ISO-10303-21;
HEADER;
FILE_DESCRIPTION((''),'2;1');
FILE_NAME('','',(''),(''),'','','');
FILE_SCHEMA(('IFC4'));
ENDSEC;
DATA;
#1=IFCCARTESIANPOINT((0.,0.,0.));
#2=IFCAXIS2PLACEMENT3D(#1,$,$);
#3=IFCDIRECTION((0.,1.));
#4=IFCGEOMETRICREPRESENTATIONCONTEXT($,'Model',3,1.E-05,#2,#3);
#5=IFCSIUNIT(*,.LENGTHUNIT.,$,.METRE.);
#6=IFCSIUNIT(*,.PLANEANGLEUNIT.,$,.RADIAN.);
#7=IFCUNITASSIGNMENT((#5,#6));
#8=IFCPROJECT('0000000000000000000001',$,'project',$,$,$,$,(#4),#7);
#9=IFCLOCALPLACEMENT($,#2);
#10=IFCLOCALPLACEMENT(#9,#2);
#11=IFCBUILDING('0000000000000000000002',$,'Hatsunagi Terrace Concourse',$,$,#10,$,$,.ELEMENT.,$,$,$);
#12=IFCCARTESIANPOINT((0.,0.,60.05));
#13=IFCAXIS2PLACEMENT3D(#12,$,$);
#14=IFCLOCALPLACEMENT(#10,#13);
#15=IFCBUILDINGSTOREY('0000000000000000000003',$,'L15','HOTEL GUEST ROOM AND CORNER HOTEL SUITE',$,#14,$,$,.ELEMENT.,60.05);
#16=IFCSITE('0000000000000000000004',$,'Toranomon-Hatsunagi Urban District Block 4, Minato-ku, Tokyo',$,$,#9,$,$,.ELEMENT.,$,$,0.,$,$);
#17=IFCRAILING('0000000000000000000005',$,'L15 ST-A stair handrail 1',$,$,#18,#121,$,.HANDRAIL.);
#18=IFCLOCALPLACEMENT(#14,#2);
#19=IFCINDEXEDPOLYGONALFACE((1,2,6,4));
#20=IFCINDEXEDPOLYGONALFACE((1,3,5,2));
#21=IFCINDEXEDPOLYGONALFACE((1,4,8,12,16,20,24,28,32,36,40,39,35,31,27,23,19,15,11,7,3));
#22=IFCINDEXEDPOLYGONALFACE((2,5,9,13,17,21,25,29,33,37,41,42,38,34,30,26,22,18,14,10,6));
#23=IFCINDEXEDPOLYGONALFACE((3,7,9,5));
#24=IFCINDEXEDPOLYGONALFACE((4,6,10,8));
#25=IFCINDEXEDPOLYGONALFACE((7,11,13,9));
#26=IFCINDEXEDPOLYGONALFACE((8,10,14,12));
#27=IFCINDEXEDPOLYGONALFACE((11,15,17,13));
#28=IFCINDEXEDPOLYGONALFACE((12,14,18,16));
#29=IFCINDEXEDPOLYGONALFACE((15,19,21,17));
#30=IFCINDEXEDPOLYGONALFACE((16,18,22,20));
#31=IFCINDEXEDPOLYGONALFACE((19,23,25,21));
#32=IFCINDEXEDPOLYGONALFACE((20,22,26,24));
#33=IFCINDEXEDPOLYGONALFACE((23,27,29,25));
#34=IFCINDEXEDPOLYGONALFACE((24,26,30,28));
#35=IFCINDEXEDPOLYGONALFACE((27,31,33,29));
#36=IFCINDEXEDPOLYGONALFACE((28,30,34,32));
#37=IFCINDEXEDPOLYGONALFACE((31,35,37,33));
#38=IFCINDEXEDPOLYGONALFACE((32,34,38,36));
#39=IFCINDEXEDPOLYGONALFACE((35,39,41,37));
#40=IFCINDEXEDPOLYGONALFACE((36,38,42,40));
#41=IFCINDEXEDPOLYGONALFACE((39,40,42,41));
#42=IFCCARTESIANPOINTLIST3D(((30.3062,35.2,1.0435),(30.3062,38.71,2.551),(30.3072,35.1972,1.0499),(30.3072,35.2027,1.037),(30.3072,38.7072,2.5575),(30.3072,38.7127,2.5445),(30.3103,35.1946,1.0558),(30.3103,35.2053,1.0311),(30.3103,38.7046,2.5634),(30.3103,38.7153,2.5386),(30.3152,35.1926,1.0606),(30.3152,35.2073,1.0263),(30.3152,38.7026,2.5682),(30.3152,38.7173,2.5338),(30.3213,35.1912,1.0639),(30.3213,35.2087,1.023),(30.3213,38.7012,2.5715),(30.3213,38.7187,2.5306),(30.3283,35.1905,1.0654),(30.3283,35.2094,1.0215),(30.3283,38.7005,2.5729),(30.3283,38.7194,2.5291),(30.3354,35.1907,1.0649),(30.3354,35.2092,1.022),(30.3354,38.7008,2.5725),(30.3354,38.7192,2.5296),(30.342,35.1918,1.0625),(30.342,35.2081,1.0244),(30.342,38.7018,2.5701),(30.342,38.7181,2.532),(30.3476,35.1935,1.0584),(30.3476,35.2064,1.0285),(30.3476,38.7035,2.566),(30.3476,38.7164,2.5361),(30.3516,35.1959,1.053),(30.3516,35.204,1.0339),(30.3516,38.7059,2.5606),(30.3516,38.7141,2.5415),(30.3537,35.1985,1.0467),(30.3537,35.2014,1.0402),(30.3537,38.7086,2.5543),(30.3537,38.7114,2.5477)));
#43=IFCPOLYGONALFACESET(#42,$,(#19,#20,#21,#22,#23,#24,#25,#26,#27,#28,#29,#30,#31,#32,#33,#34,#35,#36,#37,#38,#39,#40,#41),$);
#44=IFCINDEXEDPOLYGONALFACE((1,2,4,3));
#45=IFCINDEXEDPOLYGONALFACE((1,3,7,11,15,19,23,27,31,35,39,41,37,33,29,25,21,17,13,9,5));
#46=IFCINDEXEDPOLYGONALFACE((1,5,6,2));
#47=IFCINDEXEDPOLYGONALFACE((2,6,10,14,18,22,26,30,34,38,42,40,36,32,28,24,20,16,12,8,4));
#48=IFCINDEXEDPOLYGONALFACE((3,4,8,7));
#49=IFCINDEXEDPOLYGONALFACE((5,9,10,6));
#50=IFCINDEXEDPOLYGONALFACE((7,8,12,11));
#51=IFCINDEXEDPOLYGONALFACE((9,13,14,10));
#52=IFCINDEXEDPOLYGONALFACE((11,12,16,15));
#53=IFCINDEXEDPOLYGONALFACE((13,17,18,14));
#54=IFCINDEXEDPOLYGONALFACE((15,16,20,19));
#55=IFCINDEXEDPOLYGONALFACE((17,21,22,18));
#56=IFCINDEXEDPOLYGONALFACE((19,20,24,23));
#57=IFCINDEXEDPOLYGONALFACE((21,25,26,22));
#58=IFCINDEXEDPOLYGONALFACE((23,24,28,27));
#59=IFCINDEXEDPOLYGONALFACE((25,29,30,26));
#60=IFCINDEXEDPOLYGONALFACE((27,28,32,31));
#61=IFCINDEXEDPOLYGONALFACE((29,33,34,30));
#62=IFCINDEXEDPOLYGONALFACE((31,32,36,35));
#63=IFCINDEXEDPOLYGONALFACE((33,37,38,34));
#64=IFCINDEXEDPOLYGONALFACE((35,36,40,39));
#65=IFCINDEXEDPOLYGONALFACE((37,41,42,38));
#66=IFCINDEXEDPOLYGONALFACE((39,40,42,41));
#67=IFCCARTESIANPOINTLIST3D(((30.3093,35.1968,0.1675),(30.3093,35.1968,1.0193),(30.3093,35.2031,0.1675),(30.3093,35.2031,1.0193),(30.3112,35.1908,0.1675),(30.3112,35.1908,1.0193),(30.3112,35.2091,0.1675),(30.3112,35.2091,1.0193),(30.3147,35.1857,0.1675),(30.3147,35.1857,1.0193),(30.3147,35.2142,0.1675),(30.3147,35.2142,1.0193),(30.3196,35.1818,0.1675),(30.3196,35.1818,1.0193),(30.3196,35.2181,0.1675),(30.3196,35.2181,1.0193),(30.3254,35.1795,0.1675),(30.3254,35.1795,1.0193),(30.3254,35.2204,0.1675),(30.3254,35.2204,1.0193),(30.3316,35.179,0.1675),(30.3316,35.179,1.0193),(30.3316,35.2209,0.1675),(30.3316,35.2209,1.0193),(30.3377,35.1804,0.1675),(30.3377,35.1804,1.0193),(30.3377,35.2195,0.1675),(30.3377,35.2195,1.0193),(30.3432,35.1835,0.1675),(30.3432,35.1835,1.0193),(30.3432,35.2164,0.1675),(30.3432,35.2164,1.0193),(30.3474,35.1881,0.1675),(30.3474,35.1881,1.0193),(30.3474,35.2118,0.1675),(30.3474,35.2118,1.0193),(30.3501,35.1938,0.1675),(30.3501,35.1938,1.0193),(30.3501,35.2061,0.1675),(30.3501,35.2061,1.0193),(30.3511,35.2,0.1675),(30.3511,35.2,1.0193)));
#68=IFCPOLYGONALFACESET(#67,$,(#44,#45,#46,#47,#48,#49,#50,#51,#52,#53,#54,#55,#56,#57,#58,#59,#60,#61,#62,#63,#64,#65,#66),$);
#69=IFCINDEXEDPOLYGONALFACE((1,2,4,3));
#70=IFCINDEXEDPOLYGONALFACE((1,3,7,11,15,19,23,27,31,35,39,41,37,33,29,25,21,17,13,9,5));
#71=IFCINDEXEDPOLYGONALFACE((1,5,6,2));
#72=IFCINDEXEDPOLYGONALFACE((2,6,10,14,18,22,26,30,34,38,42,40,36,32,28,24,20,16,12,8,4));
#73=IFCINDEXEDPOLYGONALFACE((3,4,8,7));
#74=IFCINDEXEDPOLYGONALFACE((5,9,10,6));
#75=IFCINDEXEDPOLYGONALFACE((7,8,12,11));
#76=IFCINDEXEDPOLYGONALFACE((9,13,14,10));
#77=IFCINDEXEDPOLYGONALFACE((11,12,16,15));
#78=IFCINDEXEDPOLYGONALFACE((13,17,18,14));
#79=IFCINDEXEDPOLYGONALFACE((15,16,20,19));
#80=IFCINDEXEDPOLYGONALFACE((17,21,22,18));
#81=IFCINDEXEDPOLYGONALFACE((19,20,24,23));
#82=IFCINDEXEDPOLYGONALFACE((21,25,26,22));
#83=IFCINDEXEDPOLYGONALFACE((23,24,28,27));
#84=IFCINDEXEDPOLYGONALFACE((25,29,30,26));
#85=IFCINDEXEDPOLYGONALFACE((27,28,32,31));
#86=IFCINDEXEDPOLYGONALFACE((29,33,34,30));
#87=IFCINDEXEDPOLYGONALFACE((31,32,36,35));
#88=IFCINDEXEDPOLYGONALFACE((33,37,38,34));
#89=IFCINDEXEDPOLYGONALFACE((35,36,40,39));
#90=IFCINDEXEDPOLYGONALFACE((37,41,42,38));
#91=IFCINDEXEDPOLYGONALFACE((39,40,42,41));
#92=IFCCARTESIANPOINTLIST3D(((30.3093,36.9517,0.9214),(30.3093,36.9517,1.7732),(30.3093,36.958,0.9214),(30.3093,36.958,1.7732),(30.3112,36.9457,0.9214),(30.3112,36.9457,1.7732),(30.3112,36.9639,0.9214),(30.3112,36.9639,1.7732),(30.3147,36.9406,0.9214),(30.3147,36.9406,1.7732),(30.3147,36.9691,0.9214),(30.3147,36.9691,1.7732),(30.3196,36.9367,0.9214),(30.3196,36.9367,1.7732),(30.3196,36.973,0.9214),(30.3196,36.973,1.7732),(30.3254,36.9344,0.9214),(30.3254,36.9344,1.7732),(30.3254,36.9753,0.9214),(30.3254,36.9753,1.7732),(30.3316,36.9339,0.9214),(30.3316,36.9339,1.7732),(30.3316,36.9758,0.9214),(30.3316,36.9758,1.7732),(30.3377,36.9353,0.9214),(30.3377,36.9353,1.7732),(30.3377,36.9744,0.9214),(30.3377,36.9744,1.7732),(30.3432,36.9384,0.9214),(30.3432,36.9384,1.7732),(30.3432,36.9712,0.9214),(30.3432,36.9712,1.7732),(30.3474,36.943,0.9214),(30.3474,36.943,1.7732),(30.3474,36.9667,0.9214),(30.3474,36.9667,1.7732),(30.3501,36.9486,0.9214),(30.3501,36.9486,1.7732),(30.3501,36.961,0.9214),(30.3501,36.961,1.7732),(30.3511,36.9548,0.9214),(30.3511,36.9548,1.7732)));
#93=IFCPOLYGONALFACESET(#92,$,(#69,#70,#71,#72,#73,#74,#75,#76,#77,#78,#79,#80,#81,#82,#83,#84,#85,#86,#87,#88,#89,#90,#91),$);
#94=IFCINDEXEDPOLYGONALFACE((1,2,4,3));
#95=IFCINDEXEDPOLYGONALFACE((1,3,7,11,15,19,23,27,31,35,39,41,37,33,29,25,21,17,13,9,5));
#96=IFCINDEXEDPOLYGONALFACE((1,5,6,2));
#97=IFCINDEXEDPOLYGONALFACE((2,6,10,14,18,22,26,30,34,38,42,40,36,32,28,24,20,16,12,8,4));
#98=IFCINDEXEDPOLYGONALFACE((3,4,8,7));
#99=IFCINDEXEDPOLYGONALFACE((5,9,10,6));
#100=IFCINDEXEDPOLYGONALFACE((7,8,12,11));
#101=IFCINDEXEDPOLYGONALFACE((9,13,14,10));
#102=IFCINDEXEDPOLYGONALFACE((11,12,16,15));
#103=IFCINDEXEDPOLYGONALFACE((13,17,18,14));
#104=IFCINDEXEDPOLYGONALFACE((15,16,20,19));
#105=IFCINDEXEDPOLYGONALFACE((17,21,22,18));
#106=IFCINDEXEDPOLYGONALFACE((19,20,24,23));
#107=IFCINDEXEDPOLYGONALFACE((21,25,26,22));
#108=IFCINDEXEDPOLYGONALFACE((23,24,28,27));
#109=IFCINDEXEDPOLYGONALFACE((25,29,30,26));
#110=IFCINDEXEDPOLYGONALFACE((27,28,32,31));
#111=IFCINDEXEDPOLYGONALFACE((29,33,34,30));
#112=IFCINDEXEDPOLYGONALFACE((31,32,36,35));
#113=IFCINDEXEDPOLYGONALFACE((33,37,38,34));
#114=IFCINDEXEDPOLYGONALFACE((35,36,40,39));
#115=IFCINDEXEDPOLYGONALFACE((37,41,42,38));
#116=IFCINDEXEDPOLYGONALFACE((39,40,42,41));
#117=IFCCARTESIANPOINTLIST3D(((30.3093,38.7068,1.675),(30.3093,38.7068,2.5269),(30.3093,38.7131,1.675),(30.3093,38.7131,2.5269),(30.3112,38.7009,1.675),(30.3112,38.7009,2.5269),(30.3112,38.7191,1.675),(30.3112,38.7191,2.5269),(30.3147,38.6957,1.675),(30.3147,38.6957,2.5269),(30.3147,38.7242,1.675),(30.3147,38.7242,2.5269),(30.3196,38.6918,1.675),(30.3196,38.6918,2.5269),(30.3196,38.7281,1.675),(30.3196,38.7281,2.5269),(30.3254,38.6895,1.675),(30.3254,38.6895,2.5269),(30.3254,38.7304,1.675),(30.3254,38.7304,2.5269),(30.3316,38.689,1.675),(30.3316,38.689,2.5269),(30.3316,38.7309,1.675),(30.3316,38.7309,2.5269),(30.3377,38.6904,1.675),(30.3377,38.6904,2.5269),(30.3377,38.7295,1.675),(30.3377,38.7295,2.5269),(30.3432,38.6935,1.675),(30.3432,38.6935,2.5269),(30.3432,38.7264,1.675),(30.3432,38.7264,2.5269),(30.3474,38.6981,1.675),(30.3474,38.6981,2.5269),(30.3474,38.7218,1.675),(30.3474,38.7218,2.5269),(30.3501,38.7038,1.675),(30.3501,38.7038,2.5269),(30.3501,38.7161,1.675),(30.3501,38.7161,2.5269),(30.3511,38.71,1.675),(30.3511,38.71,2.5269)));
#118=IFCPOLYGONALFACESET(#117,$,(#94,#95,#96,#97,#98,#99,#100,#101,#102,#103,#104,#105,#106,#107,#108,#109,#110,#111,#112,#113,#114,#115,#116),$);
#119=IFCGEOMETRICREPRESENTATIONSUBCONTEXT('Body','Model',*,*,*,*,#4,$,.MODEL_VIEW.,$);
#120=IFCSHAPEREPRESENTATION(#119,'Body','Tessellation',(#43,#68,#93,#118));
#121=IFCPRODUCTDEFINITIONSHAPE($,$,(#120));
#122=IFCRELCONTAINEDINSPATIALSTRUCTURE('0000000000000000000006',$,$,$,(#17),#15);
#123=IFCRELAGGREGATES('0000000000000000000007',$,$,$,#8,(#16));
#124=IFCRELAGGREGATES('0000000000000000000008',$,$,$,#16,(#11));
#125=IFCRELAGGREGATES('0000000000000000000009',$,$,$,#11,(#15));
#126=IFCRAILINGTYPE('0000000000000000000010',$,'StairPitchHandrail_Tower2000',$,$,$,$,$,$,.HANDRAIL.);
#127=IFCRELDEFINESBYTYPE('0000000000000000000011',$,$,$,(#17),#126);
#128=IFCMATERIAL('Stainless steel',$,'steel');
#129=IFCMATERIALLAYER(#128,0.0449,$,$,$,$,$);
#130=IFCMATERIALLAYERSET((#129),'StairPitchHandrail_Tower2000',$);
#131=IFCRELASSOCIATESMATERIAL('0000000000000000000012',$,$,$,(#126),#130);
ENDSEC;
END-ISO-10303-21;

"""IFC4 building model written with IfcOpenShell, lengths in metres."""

from ifc_helpers import new_model, si_unit, direction, frame, origin, origin_2d, place, context, subcontext, project, spatial, circle, extrude, material, layer, layer_set, type_object, element, save


model = new_model("IFC4")

# Units and contexts
model_context = context("Model", 3, precision=1e-05, world=origin(), true_north=direction((0.0, 1.0)))
body_context = subcontext(model_context, "Body", "Model", "MODEL_VIEW")
ifc_project = project(units=[si_unit("LENGTHUNIT", "METRE"), si_unit("PLANEANGLEUNIT", "RADIAN")], contexts=[model_context])

# Site, building, storey
site_placement = place(None, origin())
site = spatial("IfcSite", under=ifc_project, at=site_placement, Name="Toranomon-Hatsunagi Urban District Block 4, Minato-ku, Tokyo", CompositionType="ELEMENT", RefElevation=0.0)
building_placement = place(site_placement, origin())
building = spatial("IfcBuilding", under=site, at=building_placement, Name="Hatsunagi Terrace Concourse", CompositionType="ELEMENT")
storey_placement = place(building_placement, frame((0.0, 0.0, 60.05)))
storey = spatial("IfcBuildingStorey", under=building, at=storey_placement, Name="L15", Description="HOTEL GUEST ROOM AND CORNER HOTEL SUITE", CompositionType="ELEMENT", Elevation=60.05)

# Railing
ifc_material_1 = material(Name="Stainless steel", Category="steel")
ifc_layer_1 = layer(ifc_material_1, 0.0449)
ifc_layer_set_1 = layer_set([ifc_layer_1], Name="StairPitchHandrail_Tower2000")
railing_type_1 = type_object("IfcRailingType", Name="StairPitchHandrail_Tower2000", PredefinedType="HANDRAIL", material=ifc_layer_set_1)
railing_1_placement = place(storey_placement, frame((30.3301, 35.2, 0.1675)))
element("IfcRailing", 1, at=railing_1_placement, inside=storey, type_object=railing_type_1, Name="L15 ST-A stair handrail 1", PredefinedType="HANDRAIL", context=body_context, shape_type="SweptSolid", body=[
    extrude(circle(Radius=0.0239, at=origin_2d()), frame((0.0, 0.0, 0.876), z_axis=(0.0, 0.918834, 0.394644), x_axis=(-1.0, 0.0, 0.0)), (0.0, 0.0, 1.0), 3.8201),
    extrude(circle(Radius=0.021, at=origin_2d()), origin(), (0.0, 0.0, 1.0), 0.8518),
    extrude(circle(Radius=0.021, at=origin_2d()), frame((0.0, 1.7549, 0.7539)), (0.0, 0.0, 1.0), 0.8518),
    extrude(circle(Radius=0.021, at=origin_2d()), frame((0.0, 3.51, 1.5076)), (0.0, 0.0, 1.0), 0.8518),
])

save(model, "model.ifc")
